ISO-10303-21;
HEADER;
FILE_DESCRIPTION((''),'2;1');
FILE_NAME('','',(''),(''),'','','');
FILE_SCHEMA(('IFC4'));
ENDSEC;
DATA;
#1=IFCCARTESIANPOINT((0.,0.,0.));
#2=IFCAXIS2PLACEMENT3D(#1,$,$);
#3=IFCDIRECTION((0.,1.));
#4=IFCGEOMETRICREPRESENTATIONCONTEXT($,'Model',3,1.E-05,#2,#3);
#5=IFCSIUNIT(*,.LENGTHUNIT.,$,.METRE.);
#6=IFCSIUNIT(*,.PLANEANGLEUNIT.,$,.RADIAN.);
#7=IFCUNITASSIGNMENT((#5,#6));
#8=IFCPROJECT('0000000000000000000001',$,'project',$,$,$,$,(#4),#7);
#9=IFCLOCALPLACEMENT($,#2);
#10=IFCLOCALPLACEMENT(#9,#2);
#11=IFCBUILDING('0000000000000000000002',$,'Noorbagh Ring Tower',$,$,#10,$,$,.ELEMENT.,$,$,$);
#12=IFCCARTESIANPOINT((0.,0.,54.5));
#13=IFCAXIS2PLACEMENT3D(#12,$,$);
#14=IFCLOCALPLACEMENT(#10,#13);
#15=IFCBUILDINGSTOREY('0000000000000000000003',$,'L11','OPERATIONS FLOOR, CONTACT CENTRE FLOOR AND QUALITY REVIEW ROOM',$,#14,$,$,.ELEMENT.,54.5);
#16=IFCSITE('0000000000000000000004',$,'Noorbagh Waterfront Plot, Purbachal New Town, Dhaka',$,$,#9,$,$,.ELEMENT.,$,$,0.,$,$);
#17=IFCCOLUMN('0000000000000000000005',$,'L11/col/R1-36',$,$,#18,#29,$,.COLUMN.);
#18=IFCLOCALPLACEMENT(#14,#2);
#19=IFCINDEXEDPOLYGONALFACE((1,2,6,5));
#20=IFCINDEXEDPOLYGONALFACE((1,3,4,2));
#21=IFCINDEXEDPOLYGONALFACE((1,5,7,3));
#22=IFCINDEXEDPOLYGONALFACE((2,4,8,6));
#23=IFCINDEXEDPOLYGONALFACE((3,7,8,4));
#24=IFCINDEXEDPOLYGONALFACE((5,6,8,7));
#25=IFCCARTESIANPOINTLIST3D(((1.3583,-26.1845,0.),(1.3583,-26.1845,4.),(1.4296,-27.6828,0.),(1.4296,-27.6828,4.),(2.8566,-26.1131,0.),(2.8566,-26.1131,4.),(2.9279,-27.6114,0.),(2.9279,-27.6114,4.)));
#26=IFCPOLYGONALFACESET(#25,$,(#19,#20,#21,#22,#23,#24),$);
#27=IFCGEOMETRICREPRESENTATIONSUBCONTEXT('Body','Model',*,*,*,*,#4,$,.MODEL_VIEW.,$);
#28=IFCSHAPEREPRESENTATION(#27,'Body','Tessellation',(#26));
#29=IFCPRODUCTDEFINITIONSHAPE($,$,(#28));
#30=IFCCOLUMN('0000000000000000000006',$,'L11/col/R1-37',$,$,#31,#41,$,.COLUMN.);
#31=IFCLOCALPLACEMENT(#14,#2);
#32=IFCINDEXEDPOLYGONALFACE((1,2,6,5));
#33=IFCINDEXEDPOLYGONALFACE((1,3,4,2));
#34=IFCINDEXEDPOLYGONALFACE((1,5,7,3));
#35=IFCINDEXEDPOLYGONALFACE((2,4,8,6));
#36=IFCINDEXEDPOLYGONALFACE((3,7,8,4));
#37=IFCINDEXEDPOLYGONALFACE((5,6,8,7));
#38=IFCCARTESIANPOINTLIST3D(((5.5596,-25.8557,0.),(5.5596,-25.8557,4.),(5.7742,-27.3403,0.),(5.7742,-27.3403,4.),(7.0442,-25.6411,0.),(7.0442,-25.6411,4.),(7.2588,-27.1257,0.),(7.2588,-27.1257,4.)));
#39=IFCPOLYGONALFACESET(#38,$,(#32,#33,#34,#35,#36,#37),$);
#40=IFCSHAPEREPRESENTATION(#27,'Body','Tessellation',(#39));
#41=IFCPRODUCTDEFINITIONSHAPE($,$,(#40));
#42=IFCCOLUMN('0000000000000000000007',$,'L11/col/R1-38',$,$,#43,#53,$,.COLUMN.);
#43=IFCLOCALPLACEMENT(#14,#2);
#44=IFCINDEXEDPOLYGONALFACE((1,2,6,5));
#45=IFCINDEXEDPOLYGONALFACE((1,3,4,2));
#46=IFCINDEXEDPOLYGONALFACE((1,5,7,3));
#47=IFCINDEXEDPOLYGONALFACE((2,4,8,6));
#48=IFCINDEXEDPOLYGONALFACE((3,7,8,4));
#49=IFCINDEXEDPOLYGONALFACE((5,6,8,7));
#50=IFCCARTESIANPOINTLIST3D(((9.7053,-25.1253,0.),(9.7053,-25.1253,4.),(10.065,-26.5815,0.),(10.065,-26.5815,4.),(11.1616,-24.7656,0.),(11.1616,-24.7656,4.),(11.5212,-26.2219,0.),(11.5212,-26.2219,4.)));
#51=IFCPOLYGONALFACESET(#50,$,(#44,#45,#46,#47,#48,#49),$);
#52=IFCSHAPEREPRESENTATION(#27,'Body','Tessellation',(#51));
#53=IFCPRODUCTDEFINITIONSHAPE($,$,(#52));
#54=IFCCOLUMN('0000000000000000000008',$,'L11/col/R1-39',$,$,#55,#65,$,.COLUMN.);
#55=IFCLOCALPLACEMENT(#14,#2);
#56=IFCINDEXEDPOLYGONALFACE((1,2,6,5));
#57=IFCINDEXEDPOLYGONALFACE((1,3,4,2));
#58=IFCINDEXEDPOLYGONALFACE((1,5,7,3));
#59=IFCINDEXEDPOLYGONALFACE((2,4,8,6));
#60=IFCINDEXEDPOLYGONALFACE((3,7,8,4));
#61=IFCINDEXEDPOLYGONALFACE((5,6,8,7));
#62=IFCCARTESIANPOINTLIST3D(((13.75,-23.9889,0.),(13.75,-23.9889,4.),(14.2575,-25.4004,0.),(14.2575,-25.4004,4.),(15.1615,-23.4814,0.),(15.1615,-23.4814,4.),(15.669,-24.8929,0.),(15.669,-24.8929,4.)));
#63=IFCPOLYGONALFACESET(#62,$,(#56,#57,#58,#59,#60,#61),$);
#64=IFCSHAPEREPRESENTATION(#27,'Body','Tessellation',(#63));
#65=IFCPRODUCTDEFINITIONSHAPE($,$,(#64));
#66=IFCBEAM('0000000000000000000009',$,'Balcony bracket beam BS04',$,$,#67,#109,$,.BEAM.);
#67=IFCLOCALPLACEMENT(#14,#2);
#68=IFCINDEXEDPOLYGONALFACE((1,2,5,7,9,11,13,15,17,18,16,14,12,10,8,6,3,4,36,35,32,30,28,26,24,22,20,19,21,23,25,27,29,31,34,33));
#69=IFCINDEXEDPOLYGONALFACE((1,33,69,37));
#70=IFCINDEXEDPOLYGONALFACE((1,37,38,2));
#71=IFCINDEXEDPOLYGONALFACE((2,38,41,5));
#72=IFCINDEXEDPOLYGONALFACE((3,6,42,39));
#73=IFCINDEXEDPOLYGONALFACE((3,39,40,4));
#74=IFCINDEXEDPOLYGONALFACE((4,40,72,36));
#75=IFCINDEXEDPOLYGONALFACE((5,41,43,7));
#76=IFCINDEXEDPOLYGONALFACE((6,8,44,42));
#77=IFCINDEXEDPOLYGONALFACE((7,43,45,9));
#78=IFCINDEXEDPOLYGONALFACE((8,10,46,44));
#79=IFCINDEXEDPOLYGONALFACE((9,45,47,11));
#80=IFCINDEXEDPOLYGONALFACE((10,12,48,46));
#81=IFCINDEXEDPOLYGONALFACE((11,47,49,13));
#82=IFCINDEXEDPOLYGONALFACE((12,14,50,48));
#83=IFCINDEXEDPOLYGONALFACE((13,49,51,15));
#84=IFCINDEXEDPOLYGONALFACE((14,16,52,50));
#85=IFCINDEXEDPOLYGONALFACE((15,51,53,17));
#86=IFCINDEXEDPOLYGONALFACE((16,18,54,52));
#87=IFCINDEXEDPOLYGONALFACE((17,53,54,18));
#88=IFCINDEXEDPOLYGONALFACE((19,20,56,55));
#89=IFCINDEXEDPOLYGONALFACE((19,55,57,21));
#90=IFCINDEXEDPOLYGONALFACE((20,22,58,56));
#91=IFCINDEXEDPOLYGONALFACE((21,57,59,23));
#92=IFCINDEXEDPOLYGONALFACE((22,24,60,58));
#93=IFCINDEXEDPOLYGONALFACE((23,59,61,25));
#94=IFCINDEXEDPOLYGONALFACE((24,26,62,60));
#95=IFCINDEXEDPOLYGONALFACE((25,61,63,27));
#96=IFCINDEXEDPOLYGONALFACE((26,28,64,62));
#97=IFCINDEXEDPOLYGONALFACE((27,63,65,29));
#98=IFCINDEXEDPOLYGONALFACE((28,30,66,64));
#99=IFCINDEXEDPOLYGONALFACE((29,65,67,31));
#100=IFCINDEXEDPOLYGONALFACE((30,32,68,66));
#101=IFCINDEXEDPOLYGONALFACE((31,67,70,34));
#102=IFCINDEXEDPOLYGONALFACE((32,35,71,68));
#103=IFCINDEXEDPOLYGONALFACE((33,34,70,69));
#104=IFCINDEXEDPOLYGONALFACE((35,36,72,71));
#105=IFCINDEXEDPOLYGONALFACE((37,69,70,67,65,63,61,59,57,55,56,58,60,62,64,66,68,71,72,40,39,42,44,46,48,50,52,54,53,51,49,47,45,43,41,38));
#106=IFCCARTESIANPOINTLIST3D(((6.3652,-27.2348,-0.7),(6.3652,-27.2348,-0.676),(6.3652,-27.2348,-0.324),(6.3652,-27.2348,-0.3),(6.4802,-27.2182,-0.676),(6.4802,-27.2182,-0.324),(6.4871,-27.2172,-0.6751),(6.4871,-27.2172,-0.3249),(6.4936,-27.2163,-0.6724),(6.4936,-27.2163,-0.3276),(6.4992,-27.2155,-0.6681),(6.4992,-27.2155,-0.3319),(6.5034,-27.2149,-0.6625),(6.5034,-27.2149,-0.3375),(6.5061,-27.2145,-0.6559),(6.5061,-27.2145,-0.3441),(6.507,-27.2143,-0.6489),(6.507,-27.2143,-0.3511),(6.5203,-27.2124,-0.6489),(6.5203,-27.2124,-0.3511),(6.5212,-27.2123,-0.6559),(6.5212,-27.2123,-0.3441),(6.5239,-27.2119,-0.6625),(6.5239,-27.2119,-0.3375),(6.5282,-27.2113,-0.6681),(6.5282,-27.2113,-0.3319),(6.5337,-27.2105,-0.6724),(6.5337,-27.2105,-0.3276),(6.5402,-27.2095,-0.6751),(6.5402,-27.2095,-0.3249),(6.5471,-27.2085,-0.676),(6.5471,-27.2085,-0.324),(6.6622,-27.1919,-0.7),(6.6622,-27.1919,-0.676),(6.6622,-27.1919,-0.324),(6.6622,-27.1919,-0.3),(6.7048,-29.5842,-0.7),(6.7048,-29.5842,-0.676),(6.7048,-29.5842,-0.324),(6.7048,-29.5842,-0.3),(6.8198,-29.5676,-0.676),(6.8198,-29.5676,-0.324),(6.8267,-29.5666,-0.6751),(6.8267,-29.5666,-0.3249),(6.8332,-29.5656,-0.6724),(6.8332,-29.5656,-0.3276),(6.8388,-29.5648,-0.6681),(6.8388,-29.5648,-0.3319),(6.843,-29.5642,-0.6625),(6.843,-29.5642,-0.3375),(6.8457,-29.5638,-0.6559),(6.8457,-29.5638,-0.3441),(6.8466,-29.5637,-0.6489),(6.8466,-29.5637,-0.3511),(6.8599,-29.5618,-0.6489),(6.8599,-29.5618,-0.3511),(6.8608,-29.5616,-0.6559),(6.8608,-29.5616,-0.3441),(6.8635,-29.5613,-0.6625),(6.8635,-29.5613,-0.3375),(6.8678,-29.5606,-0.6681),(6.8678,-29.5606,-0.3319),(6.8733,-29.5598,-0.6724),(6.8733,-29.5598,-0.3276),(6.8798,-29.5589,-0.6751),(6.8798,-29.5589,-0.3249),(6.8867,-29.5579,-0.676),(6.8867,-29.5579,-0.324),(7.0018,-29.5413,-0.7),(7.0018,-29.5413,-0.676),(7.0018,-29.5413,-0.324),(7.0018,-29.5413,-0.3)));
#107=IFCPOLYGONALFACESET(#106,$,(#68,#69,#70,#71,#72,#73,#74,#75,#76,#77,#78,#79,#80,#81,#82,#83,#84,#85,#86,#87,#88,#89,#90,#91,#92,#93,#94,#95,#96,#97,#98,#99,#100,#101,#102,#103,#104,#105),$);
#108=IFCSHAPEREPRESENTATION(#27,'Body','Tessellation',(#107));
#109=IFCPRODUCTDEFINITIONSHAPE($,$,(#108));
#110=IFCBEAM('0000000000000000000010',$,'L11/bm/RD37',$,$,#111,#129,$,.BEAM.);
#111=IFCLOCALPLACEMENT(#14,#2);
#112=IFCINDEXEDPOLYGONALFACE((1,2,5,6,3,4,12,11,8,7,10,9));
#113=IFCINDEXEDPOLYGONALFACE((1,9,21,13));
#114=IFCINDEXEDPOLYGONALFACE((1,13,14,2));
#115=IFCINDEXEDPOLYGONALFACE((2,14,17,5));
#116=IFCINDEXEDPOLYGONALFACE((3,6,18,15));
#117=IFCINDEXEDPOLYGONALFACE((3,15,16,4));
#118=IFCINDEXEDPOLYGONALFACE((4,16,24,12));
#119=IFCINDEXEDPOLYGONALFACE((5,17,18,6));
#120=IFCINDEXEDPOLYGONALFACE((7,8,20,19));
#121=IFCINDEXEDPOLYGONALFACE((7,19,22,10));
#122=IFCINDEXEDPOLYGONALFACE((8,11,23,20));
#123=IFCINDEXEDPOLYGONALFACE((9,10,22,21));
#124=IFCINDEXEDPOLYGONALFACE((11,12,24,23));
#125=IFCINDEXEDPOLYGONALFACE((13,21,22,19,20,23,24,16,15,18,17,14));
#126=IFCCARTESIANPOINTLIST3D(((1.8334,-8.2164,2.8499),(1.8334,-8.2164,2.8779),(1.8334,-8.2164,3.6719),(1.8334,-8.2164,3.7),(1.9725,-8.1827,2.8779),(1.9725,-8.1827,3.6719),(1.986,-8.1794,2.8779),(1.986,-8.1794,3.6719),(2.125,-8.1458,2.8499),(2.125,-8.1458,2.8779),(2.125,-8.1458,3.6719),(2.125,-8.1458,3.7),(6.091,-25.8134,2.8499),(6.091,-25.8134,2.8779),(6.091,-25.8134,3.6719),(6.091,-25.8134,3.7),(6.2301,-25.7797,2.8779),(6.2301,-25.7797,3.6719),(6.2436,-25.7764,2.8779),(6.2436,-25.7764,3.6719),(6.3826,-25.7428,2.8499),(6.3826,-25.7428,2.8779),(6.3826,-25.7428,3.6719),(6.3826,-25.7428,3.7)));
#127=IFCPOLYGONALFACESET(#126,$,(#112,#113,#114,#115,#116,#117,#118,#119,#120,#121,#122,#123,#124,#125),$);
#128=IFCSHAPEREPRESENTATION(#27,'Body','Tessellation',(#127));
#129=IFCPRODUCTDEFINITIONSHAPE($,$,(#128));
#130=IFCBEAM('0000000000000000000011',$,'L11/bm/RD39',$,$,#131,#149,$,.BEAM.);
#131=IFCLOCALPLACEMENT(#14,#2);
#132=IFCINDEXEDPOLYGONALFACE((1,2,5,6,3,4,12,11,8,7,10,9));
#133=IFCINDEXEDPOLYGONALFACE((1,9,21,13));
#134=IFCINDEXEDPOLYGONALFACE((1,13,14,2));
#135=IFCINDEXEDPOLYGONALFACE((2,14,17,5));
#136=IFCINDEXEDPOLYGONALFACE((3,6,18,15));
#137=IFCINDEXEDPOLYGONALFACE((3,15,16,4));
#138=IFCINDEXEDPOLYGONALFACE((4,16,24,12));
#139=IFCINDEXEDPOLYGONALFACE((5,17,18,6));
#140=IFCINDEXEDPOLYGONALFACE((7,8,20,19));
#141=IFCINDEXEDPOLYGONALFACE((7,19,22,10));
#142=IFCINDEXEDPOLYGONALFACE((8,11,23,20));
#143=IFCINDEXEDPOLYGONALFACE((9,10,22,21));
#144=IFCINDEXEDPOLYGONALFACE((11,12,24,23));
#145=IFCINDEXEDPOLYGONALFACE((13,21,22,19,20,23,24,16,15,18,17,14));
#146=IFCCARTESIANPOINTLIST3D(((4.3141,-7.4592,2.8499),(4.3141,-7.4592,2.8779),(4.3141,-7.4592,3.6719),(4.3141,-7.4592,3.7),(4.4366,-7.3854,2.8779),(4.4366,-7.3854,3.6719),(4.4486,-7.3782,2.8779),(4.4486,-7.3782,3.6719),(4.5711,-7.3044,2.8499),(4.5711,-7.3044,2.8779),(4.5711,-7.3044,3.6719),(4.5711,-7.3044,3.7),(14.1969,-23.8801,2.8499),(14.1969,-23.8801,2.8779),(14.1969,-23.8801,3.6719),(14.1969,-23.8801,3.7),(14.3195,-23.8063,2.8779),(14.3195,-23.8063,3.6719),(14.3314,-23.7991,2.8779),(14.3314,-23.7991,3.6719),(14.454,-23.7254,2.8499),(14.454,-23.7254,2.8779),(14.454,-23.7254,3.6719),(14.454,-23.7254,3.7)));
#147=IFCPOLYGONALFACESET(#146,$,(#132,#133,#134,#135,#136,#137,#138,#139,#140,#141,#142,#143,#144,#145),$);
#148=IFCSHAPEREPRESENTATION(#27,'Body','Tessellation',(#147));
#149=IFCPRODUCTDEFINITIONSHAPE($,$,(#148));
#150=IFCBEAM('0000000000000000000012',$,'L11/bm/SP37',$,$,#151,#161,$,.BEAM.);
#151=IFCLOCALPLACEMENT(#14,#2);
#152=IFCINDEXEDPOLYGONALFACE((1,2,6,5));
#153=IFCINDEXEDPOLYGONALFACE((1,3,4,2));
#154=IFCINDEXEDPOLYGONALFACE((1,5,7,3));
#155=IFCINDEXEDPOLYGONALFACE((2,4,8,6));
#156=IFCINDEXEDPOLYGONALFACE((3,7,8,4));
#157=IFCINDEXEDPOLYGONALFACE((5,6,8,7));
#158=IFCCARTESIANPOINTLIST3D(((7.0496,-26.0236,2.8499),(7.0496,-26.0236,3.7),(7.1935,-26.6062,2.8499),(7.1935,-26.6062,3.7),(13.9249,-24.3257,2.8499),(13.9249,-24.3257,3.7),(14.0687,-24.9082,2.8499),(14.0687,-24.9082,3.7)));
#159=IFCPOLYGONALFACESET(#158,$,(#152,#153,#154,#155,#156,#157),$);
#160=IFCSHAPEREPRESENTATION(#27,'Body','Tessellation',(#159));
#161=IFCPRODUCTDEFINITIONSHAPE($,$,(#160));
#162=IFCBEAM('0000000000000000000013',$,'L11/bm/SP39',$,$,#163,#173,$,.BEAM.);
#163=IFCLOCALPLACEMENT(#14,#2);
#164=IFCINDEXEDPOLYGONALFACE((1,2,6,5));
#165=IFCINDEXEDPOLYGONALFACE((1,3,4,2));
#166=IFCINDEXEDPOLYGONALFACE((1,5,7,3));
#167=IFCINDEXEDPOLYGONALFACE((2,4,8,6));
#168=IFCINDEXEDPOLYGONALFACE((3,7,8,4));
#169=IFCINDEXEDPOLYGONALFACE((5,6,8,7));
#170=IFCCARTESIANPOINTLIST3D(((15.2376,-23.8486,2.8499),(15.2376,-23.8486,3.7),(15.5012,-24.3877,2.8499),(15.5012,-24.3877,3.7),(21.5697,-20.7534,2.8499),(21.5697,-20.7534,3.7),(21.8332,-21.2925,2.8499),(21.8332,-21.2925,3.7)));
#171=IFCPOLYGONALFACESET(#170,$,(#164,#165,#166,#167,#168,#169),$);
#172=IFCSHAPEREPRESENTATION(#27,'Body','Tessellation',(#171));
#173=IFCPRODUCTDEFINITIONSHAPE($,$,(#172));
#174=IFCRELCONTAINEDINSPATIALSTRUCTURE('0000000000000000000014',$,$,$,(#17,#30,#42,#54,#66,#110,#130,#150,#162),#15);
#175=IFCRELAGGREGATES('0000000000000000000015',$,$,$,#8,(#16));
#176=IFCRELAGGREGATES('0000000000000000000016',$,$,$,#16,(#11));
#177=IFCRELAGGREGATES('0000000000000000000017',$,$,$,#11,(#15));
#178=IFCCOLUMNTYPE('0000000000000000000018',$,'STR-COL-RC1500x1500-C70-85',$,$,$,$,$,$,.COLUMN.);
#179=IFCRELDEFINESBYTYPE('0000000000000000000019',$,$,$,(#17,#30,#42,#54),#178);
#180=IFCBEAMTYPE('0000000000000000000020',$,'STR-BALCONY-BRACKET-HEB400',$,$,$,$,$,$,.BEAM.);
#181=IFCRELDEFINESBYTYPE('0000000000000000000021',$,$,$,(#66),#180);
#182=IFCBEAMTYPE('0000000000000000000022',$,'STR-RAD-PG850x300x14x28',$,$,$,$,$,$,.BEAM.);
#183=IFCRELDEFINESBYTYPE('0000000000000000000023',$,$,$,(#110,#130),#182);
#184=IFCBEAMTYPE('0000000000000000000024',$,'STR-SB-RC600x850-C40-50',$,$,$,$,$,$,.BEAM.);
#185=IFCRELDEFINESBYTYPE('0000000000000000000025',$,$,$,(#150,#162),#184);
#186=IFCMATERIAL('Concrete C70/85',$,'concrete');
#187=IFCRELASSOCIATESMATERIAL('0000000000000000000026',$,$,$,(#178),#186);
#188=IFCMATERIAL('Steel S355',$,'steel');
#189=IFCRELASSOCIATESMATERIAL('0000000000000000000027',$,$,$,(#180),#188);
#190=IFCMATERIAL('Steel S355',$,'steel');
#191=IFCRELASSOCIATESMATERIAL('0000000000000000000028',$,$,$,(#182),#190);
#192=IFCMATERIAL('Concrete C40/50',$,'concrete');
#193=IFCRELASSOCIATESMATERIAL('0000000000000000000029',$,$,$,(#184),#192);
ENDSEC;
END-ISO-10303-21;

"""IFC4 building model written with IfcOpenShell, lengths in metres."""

from ifc_helpers import new_model, si_unit, direction, frame, origin, origin_2d, place, context, subcontext, project, spatial, rectangle, i_section, extrude, material, material_profile, profile_set, type_object, element, save


model = new_model("IFC4")

# Units and contexts
model_context = context("Model", 3, precision=1e-05, world=origin(), true_north=direction((0.0, 1.0)))
body_context = subcontext(model_context, "Body", "Model", "MODEL_VIEW")
ifc_project = project(units=[si_unit("LENGTHUNIT", "METRE"), si_unit("PLANEANGLEUNIT", "RADIAN")], contexts=[model_context])

# Site, building, storey
site_placement = place(None, origin())
site = spatial("IfcSite", under=ifc_project, at=site_placement, Name="Noorbagh Waterfront Plot, Purbachal New Town, Dhaka", CompositionType="ELEMENT", RefElevation=0.0)
building_placement = place(site_placement, origin())
building = spatial("IfcBuilding", under=site, at=building_placement, Name="Noorbagh Ring Tower", CompositionType="ELEMENT")
storey_placement = place(building_placement, frame((0.0, 0.0, 54.5)))
storey = spatial("IfcBuildingStorey", under=building, at=storey_placement, Name="L11", Description="OPERATIONS FLOOR, CONTACT CENTRE FLOOR AND QUALITY REVIEW ROOM", CompositionType="ELEMENT", Elevation=54.5)

# Columns
ifc_material_1 = material(Name="Concrete C70/85", Category="concrete")
ifc_material_profile_1 = material_profile(ifc_material_1, rectangle(XDim=1.5, YDim=1.5, at=origin_2d()), Name="RC1500x1500")
ifc_profile_set_1 = profile_set([ifc_material_profile_1], Name="Concrete C70/85")
column_type = type_object("IfcColumnType", Name="STR-COL-RC1500x1500-C70-85", PredefinedType="COLUMN", material=ifc_profile_set_1)
for number, where, z_axis, x_axis, name in (
    (1, (2.1431, -26.8979, 0.0), (0.0, 0.0, 1.0), (0.998869, 0.047553, 0.0), "L11/col/R1-36"),
    (2, (6.4092, -26.4907, 0.0), (0.0, 0.0, 1.0), (0.989713, 0.143066, 0.0), "L11/col/R1-37"),
    (3, (10.6133, -25.6736, 0.0), (0.0, 0.0, 1.0), (0.970829, 0.239771, 0.0), "L11/col/R1-38"),
    (4, (14.7095, -24.4409, 0.0), (0.0, 0.0, 1.0), (0.941025, 0.338338, 0.0), "L11/col/R1-39"),
):
    element("IfcColumn", number, at=place(storey_placement, frame(where, z_axis=z_axis, x_axis=x_axis)), inside=storey, type_object=column_type, Name=name, PredefinedType="COLUMN", context=body_context, shape_type="SweptSolid", body=[
        extrude(rectangle(XDim=1.5, YDim=1.5, at=origin_2d()), origin(), (0.0, 0.0, 1.0), 4.0),
    ])

# Beams
ifc_material_2 = material(Name="Steel S355", Category="steel")
ifc_material_profile_2 = material_profile(ifc_material_2, i_section(OverallWidth=0.3, OverallDepth=0.3999, WebThickness=0.0134, FlangeThickness=0.0239, FilletRadius=0.0271, at=origin_2d()), Name="HEB400")
ifc_profile_set_2 = profile_set([ifc_material_profile_2], Name="Steel S355")
beam_type_1 = type_object("IfcBeamType", Name="STR-BALCONY-BRACKET-HEB400", PredefinedType="BEAM", material=ifc_profile_set_2)
beam_1_placement = place(storey_placement, frame((6.5137, -27.2134, -0.5), z_axis=(0.143063, -0.989714, 0.0), x_axis=(0.989714, 0.143063, 0.0)))
element("IfcBeam", 5, at=beam_1_placement, inside=storey, type_object=beam_type_1, Name="Balcony bracket beam BS04", PredefinedType="BEAM", context=body_context, shape_type="SweptSolid", body=[
    extrude(i_section(OverallWidth=0.3, OverallDepth=0.3999, WebThickness=0.0134, FlangeThickness=0.0239, FilletRadius=0.0271, at=origin_2d()), origin(), (0.0, 0.0, 1.0), 2.3738),
])
ifc_material_3 = material(Name="Steel S355", Category="steel")
ifc_material_profile_3 = material_profile(ifc_material_3, i_section(OverallWidth=0.3, OverallDepth=0.8501, WebThickness=0.0139, FlangeThickness=0.0281, at=origin_2d()), Name="PG850x300x14x28")
ifc_profile_set_3 = profile_set([ifc_material_profile_3], Name="Steel S355")
beam_type_2 = type_object("IfcBeamType", Name="STR-RAD-PG850x300x14x28", PredefinedType="BEAM", material=ifc_profile_set_3)
beam_2_placement = place(storey_placement, frame((6.2368, -25.7781, 3.2749), z_axis=(-0.235164, 0.971956, 0.0), x_axis=(-0.971956, -0.235164, 0.0)))
element("IfcBeam", 6, at=beam_2_placement, inside=storey, type_object=beam_type_2, Name="L11/bm/RD37", PredefinedType="BEAM", context=body_context, shape_type="SweptSolid", body=[
    extrude(i_section(OverallWidth=0.3, OverallDepth=0.8501, WebThickness=0.0139, FlangeThickness=0.0281, at=origin_2d()), origin(), (0.0, 0.0, 1.0), 18.1047),
])
beam_3_placement = place(storey_placement, frame((14.3254, -23.8027, 3.2749), z_axis=(-0.515657, 0.856795, 0.0), x_axis=(-0.856795, -0.515657, 0.0)))
element("IfcBeam", 7, at=beam_3_placement, inside=storey, type_object=beam_type_2, Name="L11/bm/RD39", PredefinedType="BEAM", context=body_context, shape_type="SweptSolid", body=[
    extrude(i_section(OverallWidth=0.3, OverallDepth=0.8501, WebThickness=0.0139, FlangeThickness=0.0281, at=origin_2d()), origin(), (0.0, 0.0, 1.0), 19.1655),
])
ifc_material_4 = material(Name="Concrete C40/50", Category="concrete")
ifc_material_profile_4 = material_profile(ifc_material_4, rectangle(XDim=0.6001, YDim=0.8501, at=origin_2d()), Name="RC600x850")
ifc_profile_set_4 = profile_set([ifc_material_profile_4], Name="Concrete C40/50")
beam_type_3 = type_object("IfcBeamType", Name="STR-SB-RC600x850-C40-50", PredefinedType="BEAM", material=ifc_profile_set_4)
beam_4_placement = place(storey_placement, frame((7.1216, -26.3149, 3.2749), z_axis=(0.97083, 0.239769, 0.0), x_axis=(-0.239769, 0.97083, 0.0)))
element("IfcBeam", 8, at=beam_4_placement, inside=storey, type_object=beam_type_3, Name="L11/bm/SP37", PredefinedType="BEAM", context=body_context, shape_type="SweptSolid", body=[
    extrude(rectangle(XDim=0.6001, YDim=0.8501, at=origin_2d()), origin(), (0.0, 0.0, 1.0), 7.0818),
])
beam_5_placement = place(storey_placement, frame((15.3694, -24.1182, 3.2749), z_axis=(0.898409, 0.439159, 0.0), x_axis=(-0.439159, 0.898409, 0.0)))
element("IfcBeam", 9, at=beam_5_placement, inside=storey, type_object=beam_type_3, Name="L11/bm/SP39", PredefinedType="BEAM", context=body_context, shape_type="SweptSolid", body=[
    extrude(rectangle(XDim=0.6001, YDim=0.8501, at=origin_2d()), origin(), (0.0, 0.0, 1.0), 7.0481),
])

save(model, "model.ifc")
